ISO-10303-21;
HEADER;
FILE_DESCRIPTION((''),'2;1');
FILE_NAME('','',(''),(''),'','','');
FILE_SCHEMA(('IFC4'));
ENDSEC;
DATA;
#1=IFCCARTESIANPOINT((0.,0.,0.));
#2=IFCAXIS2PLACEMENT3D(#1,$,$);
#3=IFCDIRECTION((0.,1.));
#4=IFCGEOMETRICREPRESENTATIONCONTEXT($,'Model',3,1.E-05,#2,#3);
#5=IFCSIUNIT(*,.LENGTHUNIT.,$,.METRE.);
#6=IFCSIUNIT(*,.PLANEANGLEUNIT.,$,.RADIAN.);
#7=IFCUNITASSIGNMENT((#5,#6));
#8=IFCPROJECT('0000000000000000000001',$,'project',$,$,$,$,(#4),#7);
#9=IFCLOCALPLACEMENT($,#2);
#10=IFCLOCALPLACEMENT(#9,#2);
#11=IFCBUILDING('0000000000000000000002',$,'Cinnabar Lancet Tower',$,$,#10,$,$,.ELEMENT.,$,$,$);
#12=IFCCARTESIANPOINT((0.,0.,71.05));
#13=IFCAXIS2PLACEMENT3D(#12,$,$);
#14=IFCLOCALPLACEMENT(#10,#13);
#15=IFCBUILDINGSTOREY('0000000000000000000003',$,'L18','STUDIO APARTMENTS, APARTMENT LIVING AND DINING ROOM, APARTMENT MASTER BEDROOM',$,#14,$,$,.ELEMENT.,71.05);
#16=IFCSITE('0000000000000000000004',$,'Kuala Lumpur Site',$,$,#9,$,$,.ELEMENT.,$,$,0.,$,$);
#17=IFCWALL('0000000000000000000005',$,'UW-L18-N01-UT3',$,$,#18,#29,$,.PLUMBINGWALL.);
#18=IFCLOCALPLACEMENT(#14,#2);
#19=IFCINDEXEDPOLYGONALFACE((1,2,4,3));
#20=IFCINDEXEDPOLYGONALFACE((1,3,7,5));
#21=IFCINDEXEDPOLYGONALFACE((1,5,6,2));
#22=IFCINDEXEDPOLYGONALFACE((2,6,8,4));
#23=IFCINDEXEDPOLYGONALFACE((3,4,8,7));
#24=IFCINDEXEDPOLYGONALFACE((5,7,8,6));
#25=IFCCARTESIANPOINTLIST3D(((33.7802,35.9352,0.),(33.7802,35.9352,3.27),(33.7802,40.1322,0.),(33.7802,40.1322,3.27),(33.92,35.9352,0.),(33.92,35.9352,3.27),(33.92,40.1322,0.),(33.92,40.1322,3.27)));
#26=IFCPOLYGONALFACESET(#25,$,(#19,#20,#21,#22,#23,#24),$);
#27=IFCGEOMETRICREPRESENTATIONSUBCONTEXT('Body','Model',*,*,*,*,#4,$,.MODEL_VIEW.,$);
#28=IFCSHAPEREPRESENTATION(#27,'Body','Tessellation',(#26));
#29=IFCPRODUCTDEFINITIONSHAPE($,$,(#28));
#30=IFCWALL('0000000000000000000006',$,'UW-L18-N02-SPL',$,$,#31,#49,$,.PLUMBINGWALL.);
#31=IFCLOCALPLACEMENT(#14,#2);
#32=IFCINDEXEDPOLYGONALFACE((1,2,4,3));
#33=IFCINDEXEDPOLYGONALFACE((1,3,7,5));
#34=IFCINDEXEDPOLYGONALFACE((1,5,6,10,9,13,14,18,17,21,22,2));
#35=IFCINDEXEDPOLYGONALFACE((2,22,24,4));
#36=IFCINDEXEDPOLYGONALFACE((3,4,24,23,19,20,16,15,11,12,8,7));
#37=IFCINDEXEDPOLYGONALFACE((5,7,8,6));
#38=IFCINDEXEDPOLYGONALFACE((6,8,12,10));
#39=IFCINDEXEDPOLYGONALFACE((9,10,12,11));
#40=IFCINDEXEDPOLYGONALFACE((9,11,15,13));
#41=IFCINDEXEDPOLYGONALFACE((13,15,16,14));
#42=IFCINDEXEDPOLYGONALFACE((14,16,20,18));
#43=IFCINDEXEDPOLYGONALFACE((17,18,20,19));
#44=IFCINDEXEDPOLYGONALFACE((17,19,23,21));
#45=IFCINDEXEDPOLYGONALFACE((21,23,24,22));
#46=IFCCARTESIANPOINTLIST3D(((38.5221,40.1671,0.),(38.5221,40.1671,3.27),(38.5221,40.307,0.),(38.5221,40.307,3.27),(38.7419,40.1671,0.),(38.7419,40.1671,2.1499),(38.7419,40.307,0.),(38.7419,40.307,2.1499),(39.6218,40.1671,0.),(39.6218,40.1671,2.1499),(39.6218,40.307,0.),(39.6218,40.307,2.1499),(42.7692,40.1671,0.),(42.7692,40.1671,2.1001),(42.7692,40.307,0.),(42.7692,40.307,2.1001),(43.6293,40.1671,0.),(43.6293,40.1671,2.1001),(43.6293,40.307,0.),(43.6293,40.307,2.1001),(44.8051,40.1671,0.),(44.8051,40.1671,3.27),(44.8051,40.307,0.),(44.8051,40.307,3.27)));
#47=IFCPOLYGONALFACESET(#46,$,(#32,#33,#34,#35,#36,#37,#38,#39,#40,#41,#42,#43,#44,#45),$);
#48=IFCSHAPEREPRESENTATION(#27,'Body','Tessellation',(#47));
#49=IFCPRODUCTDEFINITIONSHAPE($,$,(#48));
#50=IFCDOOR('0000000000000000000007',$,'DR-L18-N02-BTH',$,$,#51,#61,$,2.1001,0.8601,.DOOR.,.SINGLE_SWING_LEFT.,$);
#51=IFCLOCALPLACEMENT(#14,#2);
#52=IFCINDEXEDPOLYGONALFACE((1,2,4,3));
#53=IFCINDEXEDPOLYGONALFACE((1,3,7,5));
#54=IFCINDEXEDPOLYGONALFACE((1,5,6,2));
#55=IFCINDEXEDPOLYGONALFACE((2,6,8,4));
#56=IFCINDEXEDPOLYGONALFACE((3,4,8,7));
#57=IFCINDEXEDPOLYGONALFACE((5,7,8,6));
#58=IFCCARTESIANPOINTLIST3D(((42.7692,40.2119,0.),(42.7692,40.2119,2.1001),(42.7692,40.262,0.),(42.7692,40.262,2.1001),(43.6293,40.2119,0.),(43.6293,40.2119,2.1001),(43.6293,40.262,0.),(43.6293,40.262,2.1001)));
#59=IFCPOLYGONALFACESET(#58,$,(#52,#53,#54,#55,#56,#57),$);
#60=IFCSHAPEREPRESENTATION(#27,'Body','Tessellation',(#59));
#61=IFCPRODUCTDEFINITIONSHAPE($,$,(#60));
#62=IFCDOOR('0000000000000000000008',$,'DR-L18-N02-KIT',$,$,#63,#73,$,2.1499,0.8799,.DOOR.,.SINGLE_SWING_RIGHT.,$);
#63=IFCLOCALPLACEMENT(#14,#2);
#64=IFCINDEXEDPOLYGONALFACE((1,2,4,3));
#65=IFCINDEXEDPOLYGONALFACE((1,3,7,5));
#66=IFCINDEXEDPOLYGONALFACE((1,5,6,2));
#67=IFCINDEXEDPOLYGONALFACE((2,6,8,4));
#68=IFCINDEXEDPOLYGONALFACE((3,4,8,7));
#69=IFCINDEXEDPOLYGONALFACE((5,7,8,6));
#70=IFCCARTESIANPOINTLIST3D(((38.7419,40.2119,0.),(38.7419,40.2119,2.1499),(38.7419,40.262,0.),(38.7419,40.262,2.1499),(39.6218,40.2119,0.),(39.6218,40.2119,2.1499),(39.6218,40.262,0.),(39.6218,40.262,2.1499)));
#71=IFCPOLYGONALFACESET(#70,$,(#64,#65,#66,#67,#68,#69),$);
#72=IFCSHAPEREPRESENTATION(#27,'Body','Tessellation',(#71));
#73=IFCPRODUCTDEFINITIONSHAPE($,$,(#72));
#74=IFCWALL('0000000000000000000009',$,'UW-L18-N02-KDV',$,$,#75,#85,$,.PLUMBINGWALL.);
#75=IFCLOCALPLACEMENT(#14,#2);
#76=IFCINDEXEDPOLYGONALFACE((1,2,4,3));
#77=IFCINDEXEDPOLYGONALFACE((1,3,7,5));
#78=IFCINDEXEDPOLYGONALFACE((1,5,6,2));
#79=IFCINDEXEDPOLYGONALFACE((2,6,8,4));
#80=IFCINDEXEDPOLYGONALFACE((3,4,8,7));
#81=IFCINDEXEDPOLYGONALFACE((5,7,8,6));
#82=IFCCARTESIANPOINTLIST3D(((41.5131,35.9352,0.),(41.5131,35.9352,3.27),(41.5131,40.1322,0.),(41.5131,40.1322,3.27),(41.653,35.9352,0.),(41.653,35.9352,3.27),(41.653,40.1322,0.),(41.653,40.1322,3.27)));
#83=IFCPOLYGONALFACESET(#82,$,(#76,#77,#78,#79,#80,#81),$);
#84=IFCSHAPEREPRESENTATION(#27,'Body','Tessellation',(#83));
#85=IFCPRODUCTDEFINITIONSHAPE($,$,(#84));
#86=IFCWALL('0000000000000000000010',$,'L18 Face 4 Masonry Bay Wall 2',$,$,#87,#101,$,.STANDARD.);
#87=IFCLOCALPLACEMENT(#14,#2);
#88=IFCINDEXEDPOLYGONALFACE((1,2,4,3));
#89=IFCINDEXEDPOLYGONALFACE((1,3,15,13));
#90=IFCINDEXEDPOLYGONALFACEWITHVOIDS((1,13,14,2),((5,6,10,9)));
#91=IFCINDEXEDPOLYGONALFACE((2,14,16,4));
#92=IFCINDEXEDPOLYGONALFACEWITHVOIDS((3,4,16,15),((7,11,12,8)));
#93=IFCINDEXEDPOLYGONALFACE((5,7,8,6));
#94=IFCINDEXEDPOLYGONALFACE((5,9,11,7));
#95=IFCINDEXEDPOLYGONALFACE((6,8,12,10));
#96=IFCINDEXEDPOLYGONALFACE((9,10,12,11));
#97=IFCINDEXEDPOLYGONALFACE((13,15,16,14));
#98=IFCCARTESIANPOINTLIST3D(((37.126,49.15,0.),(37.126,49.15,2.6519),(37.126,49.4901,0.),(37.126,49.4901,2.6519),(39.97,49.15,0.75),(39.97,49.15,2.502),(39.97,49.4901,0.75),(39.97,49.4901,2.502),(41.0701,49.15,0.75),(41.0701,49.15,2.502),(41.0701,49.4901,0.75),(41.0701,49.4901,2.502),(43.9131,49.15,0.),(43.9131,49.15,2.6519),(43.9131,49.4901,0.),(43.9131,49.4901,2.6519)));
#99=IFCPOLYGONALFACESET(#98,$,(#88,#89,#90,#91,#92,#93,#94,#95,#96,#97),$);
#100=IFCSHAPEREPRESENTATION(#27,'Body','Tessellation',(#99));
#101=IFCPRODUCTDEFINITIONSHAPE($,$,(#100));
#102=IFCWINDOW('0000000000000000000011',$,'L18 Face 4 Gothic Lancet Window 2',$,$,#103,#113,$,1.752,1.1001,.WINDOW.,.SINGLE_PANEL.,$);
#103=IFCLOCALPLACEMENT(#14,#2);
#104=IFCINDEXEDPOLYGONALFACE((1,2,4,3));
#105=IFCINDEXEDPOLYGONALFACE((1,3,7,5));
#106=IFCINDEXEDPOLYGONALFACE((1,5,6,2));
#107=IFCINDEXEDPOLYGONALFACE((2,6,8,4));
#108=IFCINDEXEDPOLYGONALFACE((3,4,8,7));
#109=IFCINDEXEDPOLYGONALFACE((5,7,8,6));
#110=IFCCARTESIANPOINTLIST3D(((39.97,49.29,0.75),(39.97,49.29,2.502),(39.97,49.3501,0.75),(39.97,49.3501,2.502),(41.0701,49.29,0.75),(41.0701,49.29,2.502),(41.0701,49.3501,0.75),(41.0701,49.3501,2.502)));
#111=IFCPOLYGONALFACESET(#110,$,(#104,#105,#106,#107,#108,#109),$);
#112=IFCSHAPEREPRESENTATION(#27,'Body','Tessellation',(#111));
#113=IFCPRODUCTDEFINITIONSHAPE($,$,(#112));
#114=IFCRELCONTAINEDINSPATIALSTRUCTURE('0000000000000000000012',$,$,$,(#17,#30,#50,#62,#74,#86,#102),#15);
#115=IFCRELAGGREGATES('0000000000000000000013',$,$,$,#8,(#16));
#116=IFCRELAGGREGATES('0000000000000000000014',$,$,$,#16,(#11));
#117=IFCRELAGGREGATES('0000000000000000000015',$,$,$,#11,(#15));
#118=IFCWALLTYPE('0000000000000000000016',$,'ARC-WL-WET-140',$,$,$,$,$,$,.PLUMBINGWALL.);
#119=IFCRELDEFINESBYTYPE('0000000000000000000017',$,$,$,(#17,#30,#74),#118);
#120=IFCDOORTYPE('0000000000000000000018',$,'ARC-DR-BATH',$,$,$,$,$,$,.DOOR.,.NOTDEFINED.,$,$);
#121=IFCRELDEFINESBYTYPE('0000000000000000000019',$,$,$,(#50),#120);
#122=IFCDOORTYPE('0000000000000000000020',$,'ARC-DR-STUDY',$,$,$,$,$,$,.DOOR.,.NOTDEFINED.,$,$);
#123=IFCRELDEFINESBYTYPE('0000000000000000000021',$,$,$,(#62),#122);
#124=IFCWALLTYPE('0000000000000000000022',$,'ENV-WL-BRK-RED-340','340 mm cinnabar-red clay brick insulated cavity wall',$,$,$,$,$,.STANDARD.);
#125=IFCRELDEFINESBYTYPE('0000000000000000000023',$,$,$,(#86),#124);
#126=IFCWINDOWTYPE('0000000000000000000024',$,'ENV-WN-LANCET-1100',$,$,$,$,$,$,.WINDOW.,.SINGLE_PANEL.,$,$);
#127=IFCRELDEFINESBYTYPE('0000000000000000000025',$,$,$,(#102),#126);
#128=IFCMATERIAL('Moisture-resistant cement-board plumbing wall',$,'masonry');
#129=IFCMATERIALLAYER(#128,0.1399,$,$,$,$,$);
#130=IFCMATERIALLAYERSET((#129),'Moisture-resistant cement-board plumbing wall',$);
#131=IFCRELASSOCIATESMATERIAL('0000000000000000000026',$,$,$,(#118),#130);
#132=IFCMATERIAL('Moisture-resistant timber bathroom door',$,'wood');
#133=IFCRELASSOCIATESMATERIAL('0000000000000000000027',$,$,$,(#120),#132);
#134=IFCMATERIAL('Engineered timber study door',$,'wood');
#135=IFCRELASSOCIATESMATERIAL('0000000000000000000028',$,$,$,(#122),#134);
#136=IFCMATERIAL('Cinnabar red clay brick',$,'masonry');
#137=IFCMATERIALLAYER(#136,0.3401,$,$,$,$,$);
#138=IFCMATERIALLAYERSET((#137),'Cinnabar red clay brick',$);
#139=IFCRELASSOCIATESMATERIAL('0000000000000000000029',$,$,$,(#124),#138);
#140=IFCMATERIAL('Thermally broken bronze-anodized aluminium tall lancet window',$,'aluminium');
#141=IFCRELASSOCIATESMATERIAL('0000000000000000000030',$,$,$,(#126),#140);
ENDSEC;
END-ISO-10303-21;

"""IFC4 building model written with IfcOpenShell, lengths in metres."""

from ifc_helpers import new_model, si_unit, direction, frame, frame_2d, origin, place, context, subcontext, project, spatial, rectangle, extrude, material, layer, layer_set, type_object, element, fill, save


model = new_model("IFC4")

# Units and contexts
model_context = context("Model", 3, precision=1e-05, world=origin(), true_north=direction((0.0, 1.0)))
body_context = subcontext(model_context, "Body", "Model", "MODEL_VIEW")
ifc_project = project(units=[si_unit("LENGTHUNIT", "METRE"), si_unit("PLANEANGLEUNIT", "RADIAN")], contexts=[model_context])

# Site, building, storey
site_placement = place(None, origin())
site = spatial("IfcSite", under=ifc_project, at=site_placement, Name="Kuala Lumpur Site", CompositionType="ELEMENT", RefElevation=0.0)
building_placement = place(site_placement, origin())
building = spatial("IfcBuilding", under=site, at=building_placement, Name="Cinnabar Lancet Tower", CompositionType="ELEMENT")
storey_placement = place(building_placement, frame((0.0, 0.0, 71.05)))
storey = spatial("IfcBuildingStorey", under=building, at=storey_placement, Name="L18", Description="STUDIO APARTMENTS, APARTMENT LIVING AND DINING ROOM, APARTMENT MASTER BEDROOM", CompositionType="ELEMENT", Elevation=71.05)

# Wall
ifc_material_1 = material(Name="Moisture-resistant cement-board plumbing wall", Category="masonry")
ifc_layer_1 = layer(ifc_material_1, 0.1399)
ifc_layer_set_1 = layer_set([ifc_layer_1], Name="Moisture-resistant cement-board plumbing wall")
wall_type_1 = type_object("IfcWallType", Name="ARC-WL-WET-140", PredefinedType="PLUMBINGWALL", material=ifc_layer_set_1)
wall_1_placement = place(storey_placement, frame((33.8501, 35.9351, 0.0), z_axis=(0.0, 0.0, 1.0), x_axis=(0.0, 1.0, 0.0)))
element("IfcWall", 1, at=wall_1_placement, inside=storey, type_object=wall_type_1, Name="UW-L18-N01-UT3", PredefinedType="PLUMBINGWALL", context=body_context, shape_type="SweptSolid", body=[
    extrude(rectangle(XDim=4.197, YDim=0.1399, at=frame_2d((2.0986, 0.0))), origin(), (0.0, 0.0, 1.0), 3.27),
])

# Wall, openings, doors
wall_2_placement = place(storey_placement, frame((38.522, 40.2371, 0.0), z_axis=(0.0, 0.0, 1.0), x_axis=(1.0, 0.0, 0.0)))
wall_2 = element("IfcWall", 2, at=wall_2_placement, inside=storey, type_object=wall_type_1, Name="UW-L18-N02-SPL", PredefinedType="PLUMBINGWALL", context=body_context, shape_type="SweptSolid", body=[
    extrude(rectangle(XDim=6.283, YDim=0.1399, at=frame_2d((3.1416, 0.0))), origin(), (0.0, 0.0, 1.0), 3.27),
])
opening_1_placement = place(wall_2_placement, frame((4.2471, 0.0, 0.0)))
opening_1 = element("IfcOpeningElement", 3, at=opening_1_placement, cuts=wall_2, PredefinedType="OPENING", context=body_context, shape_type="SweptSolid", body=[
    extrude(rectangle(XDim=0.8601, YDim=2.1001, at=frame_2d((0.4302, 1.05))), frame((0.0, 0.0798, 0.0), z_axis=(0.0, -1.0, 0.0), x_axis=(1.0, 0.0, 0.0)), (0.0, 0.0, 1.0), 0.1599),
])
opening_2_placement = place(wall_2_placement, frame((0.22, 0.0, 0.0)))
opening_2 = element("IfcOpeningElement", 4, at=opening_2_placement, cuts=wall_2, PredefinedType="OPENING", context=body_context, shape_type="SweptSolid", body=[
    extrude(rectangle(XDim=0.8799, YDim=2.1499, at=frame_2d((0.4399, 1.075))), frame((0.0, 0.0798, 0.0), z_axis=(0.0, -1.0, 0.0), x_axis=(1.0, 0.0, 0.0)), (0.0, 0.0, 1.0), 0.1599),
])
ifc_material_2 = material(Name="Moisture-resistant timber bathroom door", Category="wood")
door_type_1 = type_object("IfcDoorType", Name="ARC-DR-BATH", OperationType="NOTDEFINED", PredefinedType="DOOR", material=ifc_material_2)
door_1_placement = place(opening_1_placement, origin())
door_1 = element("IfcDoor", 5, at=door_1_placement, inside=storey, type_object=door_type_1, Name="DR-L18-N02-BTH", OperationType="SINGLE_SWING_LEFT", OverallHeight=2.1001, OverallWidth=0.8601, PredefinedType="DOOR", context=body_context, shape_type="SweptSolid", body=[
    extrude(rectangle(XDim=0.8601, YDim=2.1001, at=frame_2d((0.4302, 1.05))), frame((0.0, 0.0249, 0.0), z_axis=(0.0, -1.0, 0.0), x_axis=(1.0, 0.0, 0.0)), (0.0, 0.0, 1.0), 0.05),
])
fill(opening_1, door_1)
ifc_material_3 = material(Name="Engineered timber study door", Category="wood")
door_type_2 = type_object("IfcDoorType", Name="ARC-DR-STUDY", OperationType="NOTDEFINED", PredefinedType="DOOR", material=ifc_material_3)
door_2_placement = place(opening_2_placement, origin())
door_2 = element("IfcDoor", 6, at=door_2_placement, inside=storey, type_object=door_type_2, Name="DR-L18-N02-KIT", OperationType="SINGLE_SWING_RIGHT", OverallHeight=2.1499, OverallWidth=0.8799, PredefinedType="DOOR", context=body_context, shape_type="SweptSolid", body=[
    extrude(rectangle(XDim=0.8799, YDim=2.1499, at=frame_2d((0.4399, 1.075))), frame((0.0, 0.0249, 0.0), z_axis=(0.0, -1.0, 0.0), x_axis=(1.0, 0.0, 0.0)), (0.0, 0.0, 1.0), 0.05),
])
fill(opening_2, door_2)

# Wall
wall_3_placement = place(storey_placement, frame((41.583, 35.9351, 0.0), z_axis=(0.0, 0.0, 1.0), x_axis=(0.0, 1.0, 0.0)))
element("IfcWall", 7, at=wall_3_placement, inside=storey, type_object=wall_type_1, Name="UW-L18-N02-KDV", PredefinedType="PLUMBINGWALL", context=body_context, shape_type="SweptSolid", body=[
    extrude(rectangle(XDim=4.197, YDim=0.1399, at=frame_2d((2.0986, 0.0))), origin(), (0.0, 0.0, 1.0), 3.27),
])

# Wall, opening, window
ifc_material_4 = material(Name="Cinnabar red clay brick", Category="masonry")
ifc_layer_2 = layer(ifc_material_4, 0.3401)
ifc_layer_set_2 = layer_set([ifc_layer_2], Name="Cinnabar red clay brick")
wall_type_2 = type_object("IfcWallType", Name="ENV-WL-BRK-RED-340", Description="340 mm cinnabar-red clay brick insulated cavity wall", PredefinedType="STANDARD", material=ifc_layer_set_2)
wall_4_placement = place(storey_placement, frame((43.9131, 49.3201, 0.0), z_axis=(0.0, 0.0, 1.0), x_axis=(-1.0, 0.0, 0.0)))
wall_4 = element("IfcWall", 8, at=wall_4_placement, inside=storey, type_object=wall_type_2, Name="L18 Face 4 Masonry Bay Wall 2", PredefinedType="STANDARD", context=body_context, shape_type="SweptSolid", body=[
    extrude(rectangle(XDim=6.7871, YDim=0.3401, at=frame_2d((3.3936, 0.0))), origin(), (0.0, 0.0, 1.0), 2.6519),
])
opening_3_placement = place(wall_4_placement, frame((2.843, 0.0, 0.75)))
opening_3 = element("IfcOpeningElement", 9, at=opening_3_placement, cuts=wall_4, PredefinedType="OPENING", context=body_context, shape_type="SweptSolid", body=[
    extrude(rectangle(XDim=1.1001, YDim=1.752, at=frame_2d((0.55, 0.876))), frame((0.0, 0.1799, 0.0), z_axis=(0.0, -1.0, 0.0), x_axis=(1.0, 0.0, 0.0)), (0.0, 0.0, 1.0), 0.3601),
])
ifc_material_5 = material(Name="Thermally broken bronze-anodized aluminium tall lancet window", Category="aluminium")
window_type = type_object("IfcWindowType", Name="ENV-WN-LANCET-1100", PartitioningType="SINGLE_PANEL", PredefinedType="WINDOW", material=ifc_material_5)
window_1_placement = place(opening_3_placement, origin())
window_1 = element("IfcWindow", 10, at=window_1_placement, inside=storey, type_object=window_type, Name="L18 Face 4 Gothic Lancet Window 2", OverallHeight=1.752, OverallWidth=1.1001, PartitioningType="SINGLE_PANEL", PredefinedType="WINDOW", context=body_context, shape_type="SweptSolid", body=[
    extrude(rectangle(XDim=1.1001, YDim=1.752, at=frame_2d((0.55, 0.876))), frame((0.0, 0.03, 0.0), z_axis=(0.0, -1.0, 0.0), x_axis=(1.0, 0.0, 0.0)), (0.0, 0.0, 1.0), 0.0601),
])
fill(opening_3, window_1)

save(model, "model.ifc")
